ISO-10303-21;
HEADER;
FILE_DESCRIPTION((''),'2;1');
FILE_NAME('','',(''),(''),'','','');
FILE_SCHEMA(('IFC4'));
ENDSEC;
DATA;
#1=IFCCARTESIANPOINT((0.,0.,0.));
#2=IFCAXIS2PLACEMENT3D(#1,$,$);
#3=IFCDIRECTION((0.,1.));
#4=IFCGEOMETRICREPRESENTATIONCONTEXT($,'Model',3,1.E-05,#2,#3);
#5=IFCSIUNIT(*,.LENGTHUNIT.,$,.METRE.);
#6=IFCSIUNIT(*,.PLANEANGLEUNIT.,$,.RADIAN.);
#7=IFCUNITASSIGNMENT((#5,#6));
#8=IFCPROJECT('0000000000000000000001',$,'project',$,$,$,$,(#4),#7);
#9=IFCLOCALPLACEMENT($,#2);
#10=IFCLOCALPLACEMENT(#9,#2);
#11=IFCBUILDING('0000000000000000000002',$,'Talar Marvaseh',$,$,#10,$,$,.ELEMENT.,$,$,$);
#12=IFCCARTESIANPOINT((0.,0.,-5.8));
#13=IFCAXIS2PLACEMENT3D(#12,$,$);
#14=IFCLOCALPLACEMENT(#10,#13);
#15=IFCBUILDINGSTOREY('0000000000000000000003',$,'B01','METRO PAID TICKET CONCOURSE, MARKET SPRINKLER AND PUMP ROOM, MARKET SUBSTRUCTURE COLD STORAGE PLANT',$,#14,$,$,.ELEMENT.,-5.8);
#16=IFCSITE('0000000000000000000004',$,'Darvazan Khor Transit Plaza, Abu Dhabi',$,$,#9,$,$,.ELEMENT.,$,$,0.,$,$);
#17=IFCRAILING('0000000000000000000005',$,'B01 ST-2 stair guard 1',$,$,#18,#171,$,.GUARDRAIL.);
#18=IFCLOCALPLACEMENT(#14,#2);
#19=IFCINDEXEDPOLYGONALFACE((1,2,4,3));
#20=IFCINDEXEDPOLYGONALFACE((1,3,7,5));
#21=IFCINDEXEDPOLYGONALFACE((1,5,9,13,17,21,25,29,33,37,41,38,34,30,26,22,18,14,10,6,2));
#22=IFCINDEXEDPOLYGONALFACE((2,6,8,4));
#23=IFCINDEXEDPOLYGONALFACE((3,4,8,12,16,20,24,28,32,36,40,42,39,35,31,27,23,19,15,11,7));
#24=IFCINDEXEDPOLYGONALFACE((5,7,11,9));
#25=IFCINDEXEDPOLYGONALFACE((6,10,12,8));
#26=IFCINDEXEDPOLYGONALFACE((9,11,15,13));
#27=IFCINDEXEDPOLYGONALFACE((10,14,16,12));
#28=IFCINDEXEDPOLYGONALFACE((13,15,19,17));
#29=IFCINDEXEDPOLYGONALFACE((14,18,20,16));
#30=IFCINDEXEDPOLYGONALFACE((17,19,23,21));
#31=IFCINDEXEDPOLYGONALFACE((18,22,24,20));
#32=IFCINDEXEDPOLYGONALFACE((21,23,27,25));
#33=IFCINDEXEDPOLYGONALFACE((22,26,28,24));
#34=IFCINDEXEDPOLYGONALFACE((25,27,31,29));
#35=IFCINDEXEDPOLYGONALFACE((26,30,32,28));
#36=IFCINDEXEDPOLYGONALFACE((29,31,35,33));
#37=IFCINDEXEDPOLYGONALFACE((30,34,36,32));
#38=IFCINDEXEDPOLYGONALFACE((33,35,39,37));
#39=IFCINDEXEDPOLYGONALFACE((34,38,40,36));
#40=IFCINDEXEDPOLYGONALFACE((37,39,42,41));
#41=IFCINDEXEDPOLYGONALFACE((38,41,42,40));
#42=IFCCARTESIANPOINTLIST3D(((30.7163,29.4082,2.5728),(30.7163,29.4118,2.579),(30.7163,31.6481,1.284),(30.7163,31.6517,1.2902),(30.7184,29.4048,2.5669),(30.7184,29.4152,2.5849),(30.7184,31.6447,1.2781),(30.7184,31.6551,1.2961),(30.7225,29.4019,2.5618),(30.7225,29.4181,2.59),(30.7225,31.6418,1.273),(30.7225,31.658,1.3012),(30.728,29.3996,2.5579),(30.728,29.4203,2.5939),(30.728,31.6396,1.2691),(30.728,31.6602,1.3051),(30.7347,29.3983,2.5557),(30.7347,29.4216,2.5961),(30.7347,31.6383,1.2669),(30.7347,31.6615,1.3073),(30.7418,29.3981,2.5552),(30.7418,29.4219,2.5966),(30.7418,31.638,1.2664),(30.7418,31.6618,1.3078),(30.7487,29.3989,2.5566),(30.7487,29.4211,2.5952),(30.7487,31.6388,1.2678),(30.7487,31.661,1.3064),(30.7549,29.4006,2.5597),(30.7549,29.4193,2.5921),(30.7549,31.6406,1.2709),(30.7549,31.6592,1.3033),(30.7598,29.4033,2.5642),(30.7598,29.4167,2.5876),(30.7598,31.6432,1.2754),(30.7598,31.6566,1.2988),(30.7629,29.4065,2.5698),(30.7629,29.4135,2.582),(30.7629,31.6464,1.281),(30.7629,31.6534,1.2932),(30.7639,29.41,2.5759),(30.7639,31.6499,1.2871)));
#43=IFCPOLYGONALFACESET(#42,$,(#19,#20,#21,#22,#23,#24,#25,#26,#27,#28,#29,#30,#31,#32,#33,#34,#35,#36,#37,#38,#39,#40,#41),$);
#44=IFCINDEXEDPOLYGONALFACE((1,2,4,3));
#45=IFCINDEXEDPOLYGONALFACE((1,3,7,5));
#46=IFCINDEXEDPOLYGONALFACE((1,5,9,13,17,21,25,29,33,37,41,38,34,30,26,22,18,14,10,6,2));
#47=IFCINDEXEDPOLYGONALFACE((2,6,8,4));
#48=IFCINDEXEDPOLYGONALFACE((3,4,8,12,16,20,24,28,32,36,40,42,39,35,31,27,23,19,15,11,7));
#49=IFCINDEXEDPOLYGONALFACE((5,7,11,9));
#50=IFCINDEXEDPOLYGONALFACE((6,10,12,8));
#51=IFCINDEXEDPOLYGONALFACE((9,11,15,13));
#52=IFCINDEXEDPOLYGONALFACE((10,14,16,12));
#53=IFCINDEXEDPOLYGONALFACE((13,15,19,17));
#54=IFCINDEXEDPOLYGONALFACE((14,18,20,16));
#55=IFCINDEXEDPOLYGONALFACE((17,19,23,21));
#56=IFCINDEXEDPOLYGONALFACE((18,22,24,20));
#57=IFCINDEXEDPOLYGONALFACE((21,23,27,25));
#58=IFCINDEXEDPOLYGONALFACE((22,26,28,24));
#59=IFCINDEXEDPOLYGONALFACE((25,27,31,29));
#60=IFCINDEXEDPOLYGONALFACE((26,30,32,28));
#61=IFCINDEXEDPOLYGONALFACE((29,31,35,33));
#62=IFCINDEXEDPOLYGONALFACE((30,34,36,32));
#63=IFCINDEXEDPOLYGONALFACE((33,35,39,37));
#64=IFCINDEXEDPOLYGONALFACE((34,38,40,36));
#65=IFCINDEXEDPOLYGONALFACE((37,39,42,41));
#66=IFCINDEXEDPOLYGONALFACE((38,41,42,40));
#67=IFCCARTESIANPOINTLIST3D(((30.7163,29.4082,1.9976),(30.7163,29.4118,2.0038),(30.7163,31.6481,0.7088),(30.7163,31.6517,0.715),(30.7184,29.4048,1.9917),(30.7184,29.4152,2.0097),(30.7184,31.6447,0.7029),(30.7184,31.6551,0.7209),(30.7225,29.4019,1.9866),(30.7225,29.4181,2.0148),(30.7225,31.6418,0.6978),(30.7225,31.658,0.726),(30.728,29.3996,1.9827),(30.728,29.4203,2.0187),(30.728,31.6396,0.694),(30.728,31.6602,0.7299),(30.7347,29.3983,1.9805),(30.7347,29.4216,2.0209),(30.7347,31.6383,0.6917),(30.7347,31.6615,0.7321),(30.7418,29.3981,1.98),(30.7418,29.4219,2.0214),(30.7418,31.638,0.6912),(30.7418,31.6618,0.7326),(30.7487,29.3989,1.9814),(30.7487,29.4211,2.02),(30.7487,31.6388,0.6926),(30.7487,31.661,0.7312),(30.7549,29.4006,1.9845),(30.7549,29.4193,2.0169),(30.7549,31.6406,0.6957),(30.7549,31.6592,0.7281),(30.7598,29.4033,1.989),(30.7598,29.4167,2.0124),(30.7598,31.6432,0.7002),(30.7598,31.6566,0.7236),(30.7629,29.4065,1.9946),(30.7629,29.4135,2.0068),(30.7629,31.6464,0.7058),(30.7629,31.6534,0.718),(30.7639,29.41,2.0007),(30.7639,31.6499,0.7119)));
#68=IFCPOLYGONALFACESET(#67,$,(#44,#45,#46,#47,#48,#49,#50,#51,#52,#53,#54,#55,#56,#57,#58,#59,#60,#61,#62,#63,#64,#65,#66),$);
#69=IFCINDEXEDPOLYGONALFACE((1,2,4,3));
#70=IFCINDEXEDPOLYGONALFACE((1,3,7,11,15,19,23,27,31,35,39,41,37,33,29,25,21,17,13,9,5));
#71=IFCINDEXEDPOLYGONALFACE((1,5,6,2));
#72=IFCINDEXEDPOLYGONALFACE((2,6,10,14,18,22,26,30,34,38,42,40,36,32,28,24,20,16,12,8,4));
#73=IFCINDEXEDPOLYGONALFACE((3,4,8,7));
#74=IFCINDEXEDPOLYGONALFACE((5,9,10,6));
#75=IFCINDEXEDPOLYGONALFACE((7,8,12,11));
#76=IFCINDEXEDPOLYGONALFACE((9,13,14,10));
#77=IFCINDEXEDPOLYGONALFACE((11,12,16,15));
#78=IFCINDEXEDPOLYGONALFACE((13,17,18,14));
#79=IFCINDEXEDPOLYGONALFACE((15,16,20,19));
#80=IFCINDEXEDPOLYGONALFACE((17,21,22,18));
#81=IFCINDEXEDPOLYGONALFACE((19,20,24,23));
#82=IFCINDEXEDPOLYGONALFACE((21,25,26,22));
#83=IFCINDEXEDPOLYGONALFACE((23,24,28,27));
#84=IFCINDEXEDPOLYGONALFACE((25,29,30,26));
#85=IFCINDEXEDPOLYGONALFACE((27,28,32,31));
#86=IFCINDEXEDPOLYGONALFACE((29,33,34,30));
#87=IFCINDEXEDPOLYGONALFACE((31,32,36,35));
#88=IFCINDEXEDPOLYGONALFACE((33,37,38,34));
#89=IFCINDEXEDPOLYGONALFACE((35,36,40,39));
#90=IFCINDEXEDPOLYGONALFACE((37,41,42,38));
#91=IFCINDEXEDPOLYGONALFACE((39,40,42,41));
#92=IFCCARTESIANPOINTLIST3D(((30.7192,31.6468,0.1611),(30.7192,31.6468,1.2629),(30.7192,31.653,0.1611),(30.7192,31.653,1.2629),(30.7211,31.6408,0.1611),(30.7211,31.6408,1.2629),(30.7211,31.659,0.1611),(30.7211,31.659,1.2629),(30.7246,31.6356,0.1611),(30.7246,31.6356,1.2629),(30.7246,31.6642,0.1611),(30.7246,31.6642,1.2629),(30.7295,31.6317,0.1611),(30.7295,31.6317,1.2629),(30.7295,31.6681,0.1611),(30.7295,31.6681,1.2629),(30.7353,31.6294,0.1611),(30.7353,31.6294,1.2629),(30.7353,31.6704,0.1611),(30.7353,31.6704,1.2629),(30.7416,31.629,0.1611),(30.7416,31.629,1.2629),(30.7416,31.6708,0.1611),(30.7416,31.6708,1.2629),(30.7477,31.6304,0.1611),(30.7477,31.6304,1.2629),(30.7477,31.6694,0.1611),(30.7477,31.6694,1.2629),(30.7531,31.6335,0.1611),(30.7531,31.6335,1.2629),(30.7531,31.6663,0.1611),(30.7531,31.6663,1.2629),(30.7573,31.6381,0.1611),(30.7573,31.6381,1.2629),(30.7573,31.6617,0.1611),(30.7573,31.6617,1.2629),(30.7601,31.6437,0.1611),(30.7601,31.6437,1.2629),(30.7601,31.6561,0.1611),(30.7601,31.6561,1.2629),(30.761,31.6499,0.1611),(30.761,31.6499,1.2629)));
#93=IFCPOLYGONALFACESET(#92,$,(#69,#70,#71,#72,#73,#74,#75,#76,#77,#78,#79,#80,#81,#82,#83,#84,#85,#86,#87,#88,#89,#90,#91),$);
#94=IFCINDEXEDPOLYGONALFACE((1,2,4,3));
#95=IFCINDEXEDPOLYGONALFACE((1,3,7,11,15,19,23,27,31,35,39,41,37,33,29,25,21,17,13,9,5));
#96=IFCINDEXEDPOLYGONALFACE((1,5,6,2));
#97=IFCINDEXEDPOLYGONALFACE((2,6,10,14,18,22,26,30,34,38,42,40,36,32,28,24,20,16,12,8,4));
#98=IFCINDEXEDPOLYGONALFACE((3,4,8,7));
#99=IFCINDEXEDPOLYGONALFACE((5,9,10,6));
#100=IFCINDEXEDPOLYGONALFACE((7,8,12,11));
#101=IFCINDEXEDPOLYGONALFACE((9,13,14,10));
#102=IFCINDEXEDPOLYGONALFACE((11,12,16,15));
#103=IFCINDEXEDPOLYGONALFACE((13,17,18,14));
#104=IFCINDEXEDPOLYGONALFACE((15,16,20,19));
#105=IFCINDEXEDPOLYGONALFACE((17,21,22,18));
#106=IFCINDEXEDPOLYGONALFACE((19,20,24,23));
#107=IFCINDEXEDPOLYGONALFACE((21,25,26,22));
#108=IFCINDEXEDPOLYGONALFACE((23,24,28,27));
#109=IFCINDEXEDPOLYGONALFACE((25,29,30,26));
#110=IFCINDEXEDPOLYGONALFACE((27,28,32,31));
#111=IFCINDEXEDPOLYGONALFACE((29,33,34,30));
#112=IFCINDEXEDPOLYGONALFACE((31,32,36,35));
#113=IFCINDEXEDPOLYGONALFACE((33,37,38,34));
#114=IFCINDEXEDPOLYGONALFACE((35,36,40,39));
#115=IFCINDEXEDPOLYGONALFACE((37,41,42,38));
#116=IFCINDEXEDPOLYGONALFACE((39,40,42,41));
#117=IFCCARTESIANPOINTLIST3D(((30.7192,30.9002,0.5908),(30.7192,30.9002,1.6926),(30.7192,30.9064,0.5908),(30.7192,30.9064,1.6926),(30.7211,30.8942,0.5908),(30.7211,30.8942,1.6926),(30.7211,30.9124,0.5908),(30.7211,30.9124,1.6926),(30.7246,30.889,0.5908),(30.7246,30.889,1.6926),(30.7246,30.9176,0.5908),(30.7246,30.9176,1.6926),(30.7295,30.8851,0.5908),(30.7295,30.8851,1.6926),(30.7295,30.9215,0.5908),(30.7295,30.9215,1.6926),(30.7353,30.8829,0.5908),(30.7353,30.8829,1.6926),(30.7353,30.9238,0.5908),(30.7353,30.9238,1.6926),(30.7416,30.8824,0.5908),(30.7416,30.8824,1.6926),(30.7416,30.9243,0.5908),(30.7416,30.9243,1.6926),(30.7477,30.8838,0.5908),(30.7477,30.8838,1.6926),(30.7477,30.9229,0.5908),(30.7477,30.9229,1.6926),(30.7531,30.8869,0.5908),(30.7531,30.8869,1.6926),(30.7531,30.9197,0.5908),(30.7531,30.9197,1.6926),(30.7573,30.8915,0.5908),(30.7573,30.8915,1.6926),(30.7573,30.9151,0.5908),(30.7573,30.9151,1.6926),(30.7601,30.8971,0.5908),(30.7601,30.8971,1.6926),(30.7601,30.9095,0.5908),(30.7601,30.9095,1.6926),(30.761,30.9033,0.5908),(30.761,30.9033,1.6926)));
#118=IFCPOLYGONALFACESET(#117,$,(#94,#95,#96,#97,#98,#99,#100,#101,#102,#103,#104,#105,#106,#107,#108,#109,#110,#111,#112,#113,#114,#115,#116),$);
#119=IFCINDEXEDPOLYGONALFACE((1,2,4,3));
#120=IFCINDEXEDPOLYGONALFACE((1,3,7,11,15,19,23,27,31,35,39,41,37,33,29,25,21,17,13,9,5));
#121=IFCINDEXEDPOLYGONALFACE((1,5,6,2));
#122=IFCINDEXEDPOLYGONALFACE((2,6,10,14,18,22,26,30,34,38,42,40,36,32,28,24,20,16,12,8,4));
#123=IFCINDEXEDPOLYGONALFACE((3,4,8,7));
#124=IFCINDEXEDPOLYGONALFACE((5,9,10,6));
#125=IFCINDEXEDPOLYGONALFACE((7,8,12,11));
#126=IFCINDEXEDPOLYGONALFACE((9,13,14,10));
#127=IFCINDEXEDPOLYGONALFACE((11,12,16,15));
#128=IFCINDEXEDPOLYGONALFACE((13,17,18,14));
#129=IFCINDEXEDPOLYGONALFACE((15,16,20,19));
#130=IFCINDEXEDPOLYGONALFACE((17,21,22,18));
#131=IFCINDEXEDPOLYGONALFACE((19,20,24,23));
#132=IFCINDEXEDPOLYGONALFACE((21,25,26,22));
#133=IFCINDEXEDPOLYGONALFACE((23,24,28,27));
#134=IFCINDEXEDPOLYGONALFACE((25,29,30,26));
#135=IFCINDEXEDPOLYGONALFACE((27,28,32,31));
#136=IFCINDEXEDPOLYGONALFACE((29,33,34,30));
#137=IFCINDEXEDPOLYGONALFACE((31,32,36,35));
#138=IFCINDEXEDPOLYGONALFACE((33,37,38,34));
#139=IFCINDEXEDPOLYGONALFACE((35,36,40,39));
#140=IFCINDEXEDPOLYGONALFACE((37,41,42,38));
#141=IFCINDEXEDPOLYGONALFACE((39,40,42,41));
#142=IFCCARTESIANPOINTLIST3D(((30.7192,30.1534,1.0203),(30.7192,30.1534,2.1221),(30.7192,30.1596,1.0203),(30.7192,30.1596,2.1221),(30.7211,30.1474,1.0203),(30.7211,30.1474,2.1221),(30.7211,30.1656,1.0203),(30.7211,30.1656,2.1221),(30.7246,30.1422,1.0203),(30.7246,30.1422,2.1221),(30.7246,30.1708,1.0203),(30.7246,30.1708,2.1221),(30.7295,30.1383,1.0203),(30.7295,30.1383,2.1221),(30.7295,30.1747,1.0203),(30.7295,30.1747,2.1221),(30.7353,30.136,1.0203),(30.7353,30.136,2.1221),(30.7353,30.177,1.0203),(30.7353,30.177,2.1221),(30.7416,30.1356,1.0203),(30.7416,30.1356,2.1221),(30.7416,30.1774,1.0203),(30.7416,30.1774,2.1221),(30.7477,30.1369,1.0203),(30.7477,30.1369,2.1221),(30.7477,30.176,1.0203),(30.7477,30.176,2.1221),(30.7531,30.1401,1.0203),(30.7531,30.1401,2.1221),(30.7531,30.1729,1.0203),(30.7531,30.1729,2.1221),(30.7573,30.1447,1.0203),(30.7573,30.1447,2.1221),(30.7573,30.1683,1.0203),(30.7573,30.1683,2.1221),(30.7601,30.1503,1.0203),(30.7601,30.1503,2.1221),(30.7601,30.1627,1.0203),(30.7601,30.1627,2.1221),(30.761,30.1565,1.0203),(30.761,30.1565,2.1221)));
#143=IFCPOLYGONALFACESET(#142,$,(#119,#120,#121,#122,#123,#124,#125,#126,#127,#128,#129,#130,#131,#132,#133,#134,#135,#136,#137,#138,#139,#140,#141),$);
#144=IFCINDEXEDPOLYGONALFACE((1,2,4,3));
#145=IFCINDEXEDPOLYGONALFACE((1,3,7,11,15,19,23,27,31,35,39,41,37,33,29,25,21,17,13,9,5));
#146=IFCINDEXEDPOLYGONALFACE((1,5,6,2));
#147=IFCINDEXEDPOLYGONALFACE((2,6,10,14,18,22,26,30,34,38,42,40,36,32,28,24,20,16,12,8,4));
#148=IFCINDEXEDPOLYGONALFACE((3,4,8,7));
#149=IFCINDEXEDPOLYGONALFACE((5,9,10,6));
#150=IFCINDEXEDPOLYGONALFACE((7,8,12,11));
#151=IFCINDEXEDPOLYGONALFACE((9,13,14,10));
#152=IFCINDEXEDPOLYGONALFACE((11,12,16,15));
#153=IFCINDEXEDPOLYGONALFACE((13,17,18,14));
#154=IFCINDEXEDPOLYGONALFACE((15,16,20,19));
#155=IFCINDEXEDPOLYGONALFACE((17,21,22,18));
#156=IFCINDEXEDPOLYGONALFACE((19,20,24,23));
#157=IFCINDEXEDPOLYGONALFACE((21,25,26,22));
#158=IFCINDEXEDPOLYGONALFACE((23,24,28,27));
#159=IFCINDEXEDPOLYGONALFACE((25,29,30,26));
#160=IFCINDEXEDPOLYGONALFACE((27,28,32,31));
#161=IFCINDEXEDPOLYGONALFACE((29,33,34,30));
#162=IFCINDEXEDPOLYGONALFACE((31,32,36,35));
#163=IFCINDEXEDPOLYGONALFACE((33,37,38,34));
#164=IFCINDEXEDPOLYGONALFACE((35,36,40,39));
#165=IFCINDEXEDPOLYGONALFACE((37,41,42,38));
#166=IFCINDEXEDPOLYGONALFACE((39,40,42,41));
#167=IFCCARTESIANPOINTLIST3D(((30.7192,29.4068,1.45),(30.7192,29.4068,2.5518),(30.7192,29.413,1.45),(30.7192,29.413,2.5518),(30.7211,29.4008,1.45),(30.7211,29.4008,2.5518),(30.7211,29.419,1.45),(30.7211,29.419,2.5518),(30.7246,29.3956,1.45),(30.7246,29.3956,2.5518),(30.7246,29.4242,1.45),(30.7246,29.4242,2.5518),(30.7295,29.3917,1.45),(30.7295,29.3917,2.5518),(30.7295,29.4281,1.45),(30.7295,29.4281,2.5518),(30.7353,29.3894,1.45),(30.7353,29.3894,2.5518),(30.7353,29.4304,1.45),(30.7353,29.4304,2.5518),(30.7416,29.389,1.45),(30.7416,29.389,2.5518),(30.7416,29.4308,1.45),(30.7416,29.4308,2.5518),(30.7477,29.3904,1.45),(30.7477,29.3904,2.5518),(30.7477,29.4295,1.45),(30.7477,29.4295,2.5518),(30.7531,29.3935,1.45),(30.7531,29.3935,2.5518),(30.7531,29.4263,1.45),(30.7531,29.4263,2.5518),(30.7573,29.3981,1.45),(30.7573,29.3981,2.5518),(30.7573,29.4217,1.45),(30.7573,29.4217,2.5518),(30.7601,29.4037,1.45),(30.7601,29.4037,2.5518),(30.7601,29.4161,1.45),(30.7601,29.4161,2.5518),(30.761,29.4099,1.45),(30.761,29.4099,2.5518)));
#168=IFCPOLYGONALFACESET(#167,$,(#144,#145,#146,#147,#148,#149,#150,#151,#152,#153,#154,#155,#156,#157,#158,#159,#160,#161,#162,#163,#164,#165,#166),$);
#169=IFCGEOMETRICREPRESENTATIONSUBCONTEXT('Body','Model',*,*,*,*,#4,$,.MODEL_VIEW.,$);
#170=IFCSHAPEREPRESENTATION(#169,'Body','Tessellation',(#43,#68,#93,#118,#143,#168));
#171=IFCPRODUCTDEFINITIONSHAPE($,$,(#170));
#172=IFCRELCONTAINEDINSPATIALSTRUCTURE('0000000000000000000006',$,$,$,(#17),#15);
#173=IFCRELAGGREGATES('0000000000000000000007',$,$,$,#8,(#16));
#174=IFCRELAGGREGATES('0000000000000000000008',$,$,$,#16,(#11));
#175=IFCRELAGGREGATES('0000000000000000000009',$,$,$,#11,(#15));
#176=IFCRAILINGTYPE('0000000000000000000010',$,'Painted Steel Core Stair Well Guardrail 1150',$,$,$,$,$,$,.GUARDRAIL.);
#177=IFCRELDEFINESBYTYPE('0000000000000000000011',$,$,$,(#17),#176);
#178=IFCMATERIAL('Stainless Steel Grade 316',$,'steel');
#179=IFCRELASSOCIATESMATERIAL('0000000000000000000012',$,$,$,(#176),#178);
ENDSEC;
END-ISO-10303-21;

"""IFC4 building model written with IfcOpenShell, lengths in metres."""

from ifc_helpers import new_model, si_unit, direction, frame, origin, origin_2d, place, context, subcontext, project, spatial, circle, extrude, material, type_object, element, save


model = new_model("IFC4")

# Units and contexts
model_context = context("Model", 3, precision=1e-05, world=origin(), true_north=direction((0.0, 1.0)))
body_context = subcontext(model_context, "Body", "Model", "MODEL_VIEW")
ifc_project = project(units=[si_unit("LENGTHUNIT", "METRE"), si_unit("PLANEANGLEUNIT", "RADIAN")], contexts=[model_context])

# Site, building, storey
site_placement = place(None, origin())
site = spatial("IfcSite", under=ifc_project, at=site_placement, Name="Darvazan Khor Transit Plaza, Abu Dhabi", CompositionType="ELEMENT", RefElevation=0.0)
building_placement = place(site_placement, origin())
building = spatial("IfcBuilding", under=site, at=building_placement, Name="Talar Marvaseh", CompositionType="ELEMENT")
storey_placement = place(building_placement, frame((0.0, 0.0, -5.8)))
storey = spatial("IfcBuildingStorey", under=building, at=storey_placement, Name="B01", Description="METRO PAID TICKET CONCOURSE, MARKET SPRINKLER AND PUMP ROOM, MARKET SUBSTRUCTURE COLD STORAGE PLANT", CompositionType="ELEMENT", Elevation=-5.8)

# Railing
ifc_material_1 = material(Name="Stainless Steel Grade 316", Category="steel")
railing_type_1 = type_object("IfcRailingType", Name="Painted Steel Core Stair Well Guardrail 1150", PredefinedType="GUARDRAIL", material=ifc_material_1)
railing_1_placement = place(storey_placement, frame((30.74, 31.6499, 0.1611)))
element("IfcRailing", 1, at=railing_1_placement, inside=storey, type_object=railing_type_1, Name="B01 ST-2 stair guard 1", PredefinedType="GUARDRAIL", context=body_context, shape_type="SweptSolid", body=[
    extrude(circle(Radius=0.0239, at=origin_2d()), frame((0.0, 0.0, 1.126), z_axis=(0.0, -0.866768, 0.498711), x_axis=(1.0, 0.0, 0.0)), (0.0, 0.0, 1.0), 2.5842),
    extrude(circle(Radius=0.0239, at=origin_2d()), frame((0.0, 0.0, 0.5508), z_axis=(0.0, -0.866768, 0.498711), x_axis=(1.0, 0.0, 0.0)), (0.0, 0.0, 1.0), 2.5842),
    extrude(circle(Radius=0.021, at=origin_2d()), origin(), (0.0, 0.0, 1.0), 1.1018),
    extrude(circle(Radius=0.021, at=origin_2d()), frame((0.0, -0.7466, 0.4297)), (0.0, 0.0, 1.0), 1.1018),
    extrude(circle(Radius=0.021, at=origin_2d()), frame((0.0, -1.4934, 0.8591)), (0.0, 0.0, 1.0), 1.1018),
    extrude(circle(Radius=0.021, at=origin_2d()), frame((0.0, -2.24, 1.2888)), (0.0, 0.0, 1.0), 1.1018),
])

save(model, "model.ifc")
